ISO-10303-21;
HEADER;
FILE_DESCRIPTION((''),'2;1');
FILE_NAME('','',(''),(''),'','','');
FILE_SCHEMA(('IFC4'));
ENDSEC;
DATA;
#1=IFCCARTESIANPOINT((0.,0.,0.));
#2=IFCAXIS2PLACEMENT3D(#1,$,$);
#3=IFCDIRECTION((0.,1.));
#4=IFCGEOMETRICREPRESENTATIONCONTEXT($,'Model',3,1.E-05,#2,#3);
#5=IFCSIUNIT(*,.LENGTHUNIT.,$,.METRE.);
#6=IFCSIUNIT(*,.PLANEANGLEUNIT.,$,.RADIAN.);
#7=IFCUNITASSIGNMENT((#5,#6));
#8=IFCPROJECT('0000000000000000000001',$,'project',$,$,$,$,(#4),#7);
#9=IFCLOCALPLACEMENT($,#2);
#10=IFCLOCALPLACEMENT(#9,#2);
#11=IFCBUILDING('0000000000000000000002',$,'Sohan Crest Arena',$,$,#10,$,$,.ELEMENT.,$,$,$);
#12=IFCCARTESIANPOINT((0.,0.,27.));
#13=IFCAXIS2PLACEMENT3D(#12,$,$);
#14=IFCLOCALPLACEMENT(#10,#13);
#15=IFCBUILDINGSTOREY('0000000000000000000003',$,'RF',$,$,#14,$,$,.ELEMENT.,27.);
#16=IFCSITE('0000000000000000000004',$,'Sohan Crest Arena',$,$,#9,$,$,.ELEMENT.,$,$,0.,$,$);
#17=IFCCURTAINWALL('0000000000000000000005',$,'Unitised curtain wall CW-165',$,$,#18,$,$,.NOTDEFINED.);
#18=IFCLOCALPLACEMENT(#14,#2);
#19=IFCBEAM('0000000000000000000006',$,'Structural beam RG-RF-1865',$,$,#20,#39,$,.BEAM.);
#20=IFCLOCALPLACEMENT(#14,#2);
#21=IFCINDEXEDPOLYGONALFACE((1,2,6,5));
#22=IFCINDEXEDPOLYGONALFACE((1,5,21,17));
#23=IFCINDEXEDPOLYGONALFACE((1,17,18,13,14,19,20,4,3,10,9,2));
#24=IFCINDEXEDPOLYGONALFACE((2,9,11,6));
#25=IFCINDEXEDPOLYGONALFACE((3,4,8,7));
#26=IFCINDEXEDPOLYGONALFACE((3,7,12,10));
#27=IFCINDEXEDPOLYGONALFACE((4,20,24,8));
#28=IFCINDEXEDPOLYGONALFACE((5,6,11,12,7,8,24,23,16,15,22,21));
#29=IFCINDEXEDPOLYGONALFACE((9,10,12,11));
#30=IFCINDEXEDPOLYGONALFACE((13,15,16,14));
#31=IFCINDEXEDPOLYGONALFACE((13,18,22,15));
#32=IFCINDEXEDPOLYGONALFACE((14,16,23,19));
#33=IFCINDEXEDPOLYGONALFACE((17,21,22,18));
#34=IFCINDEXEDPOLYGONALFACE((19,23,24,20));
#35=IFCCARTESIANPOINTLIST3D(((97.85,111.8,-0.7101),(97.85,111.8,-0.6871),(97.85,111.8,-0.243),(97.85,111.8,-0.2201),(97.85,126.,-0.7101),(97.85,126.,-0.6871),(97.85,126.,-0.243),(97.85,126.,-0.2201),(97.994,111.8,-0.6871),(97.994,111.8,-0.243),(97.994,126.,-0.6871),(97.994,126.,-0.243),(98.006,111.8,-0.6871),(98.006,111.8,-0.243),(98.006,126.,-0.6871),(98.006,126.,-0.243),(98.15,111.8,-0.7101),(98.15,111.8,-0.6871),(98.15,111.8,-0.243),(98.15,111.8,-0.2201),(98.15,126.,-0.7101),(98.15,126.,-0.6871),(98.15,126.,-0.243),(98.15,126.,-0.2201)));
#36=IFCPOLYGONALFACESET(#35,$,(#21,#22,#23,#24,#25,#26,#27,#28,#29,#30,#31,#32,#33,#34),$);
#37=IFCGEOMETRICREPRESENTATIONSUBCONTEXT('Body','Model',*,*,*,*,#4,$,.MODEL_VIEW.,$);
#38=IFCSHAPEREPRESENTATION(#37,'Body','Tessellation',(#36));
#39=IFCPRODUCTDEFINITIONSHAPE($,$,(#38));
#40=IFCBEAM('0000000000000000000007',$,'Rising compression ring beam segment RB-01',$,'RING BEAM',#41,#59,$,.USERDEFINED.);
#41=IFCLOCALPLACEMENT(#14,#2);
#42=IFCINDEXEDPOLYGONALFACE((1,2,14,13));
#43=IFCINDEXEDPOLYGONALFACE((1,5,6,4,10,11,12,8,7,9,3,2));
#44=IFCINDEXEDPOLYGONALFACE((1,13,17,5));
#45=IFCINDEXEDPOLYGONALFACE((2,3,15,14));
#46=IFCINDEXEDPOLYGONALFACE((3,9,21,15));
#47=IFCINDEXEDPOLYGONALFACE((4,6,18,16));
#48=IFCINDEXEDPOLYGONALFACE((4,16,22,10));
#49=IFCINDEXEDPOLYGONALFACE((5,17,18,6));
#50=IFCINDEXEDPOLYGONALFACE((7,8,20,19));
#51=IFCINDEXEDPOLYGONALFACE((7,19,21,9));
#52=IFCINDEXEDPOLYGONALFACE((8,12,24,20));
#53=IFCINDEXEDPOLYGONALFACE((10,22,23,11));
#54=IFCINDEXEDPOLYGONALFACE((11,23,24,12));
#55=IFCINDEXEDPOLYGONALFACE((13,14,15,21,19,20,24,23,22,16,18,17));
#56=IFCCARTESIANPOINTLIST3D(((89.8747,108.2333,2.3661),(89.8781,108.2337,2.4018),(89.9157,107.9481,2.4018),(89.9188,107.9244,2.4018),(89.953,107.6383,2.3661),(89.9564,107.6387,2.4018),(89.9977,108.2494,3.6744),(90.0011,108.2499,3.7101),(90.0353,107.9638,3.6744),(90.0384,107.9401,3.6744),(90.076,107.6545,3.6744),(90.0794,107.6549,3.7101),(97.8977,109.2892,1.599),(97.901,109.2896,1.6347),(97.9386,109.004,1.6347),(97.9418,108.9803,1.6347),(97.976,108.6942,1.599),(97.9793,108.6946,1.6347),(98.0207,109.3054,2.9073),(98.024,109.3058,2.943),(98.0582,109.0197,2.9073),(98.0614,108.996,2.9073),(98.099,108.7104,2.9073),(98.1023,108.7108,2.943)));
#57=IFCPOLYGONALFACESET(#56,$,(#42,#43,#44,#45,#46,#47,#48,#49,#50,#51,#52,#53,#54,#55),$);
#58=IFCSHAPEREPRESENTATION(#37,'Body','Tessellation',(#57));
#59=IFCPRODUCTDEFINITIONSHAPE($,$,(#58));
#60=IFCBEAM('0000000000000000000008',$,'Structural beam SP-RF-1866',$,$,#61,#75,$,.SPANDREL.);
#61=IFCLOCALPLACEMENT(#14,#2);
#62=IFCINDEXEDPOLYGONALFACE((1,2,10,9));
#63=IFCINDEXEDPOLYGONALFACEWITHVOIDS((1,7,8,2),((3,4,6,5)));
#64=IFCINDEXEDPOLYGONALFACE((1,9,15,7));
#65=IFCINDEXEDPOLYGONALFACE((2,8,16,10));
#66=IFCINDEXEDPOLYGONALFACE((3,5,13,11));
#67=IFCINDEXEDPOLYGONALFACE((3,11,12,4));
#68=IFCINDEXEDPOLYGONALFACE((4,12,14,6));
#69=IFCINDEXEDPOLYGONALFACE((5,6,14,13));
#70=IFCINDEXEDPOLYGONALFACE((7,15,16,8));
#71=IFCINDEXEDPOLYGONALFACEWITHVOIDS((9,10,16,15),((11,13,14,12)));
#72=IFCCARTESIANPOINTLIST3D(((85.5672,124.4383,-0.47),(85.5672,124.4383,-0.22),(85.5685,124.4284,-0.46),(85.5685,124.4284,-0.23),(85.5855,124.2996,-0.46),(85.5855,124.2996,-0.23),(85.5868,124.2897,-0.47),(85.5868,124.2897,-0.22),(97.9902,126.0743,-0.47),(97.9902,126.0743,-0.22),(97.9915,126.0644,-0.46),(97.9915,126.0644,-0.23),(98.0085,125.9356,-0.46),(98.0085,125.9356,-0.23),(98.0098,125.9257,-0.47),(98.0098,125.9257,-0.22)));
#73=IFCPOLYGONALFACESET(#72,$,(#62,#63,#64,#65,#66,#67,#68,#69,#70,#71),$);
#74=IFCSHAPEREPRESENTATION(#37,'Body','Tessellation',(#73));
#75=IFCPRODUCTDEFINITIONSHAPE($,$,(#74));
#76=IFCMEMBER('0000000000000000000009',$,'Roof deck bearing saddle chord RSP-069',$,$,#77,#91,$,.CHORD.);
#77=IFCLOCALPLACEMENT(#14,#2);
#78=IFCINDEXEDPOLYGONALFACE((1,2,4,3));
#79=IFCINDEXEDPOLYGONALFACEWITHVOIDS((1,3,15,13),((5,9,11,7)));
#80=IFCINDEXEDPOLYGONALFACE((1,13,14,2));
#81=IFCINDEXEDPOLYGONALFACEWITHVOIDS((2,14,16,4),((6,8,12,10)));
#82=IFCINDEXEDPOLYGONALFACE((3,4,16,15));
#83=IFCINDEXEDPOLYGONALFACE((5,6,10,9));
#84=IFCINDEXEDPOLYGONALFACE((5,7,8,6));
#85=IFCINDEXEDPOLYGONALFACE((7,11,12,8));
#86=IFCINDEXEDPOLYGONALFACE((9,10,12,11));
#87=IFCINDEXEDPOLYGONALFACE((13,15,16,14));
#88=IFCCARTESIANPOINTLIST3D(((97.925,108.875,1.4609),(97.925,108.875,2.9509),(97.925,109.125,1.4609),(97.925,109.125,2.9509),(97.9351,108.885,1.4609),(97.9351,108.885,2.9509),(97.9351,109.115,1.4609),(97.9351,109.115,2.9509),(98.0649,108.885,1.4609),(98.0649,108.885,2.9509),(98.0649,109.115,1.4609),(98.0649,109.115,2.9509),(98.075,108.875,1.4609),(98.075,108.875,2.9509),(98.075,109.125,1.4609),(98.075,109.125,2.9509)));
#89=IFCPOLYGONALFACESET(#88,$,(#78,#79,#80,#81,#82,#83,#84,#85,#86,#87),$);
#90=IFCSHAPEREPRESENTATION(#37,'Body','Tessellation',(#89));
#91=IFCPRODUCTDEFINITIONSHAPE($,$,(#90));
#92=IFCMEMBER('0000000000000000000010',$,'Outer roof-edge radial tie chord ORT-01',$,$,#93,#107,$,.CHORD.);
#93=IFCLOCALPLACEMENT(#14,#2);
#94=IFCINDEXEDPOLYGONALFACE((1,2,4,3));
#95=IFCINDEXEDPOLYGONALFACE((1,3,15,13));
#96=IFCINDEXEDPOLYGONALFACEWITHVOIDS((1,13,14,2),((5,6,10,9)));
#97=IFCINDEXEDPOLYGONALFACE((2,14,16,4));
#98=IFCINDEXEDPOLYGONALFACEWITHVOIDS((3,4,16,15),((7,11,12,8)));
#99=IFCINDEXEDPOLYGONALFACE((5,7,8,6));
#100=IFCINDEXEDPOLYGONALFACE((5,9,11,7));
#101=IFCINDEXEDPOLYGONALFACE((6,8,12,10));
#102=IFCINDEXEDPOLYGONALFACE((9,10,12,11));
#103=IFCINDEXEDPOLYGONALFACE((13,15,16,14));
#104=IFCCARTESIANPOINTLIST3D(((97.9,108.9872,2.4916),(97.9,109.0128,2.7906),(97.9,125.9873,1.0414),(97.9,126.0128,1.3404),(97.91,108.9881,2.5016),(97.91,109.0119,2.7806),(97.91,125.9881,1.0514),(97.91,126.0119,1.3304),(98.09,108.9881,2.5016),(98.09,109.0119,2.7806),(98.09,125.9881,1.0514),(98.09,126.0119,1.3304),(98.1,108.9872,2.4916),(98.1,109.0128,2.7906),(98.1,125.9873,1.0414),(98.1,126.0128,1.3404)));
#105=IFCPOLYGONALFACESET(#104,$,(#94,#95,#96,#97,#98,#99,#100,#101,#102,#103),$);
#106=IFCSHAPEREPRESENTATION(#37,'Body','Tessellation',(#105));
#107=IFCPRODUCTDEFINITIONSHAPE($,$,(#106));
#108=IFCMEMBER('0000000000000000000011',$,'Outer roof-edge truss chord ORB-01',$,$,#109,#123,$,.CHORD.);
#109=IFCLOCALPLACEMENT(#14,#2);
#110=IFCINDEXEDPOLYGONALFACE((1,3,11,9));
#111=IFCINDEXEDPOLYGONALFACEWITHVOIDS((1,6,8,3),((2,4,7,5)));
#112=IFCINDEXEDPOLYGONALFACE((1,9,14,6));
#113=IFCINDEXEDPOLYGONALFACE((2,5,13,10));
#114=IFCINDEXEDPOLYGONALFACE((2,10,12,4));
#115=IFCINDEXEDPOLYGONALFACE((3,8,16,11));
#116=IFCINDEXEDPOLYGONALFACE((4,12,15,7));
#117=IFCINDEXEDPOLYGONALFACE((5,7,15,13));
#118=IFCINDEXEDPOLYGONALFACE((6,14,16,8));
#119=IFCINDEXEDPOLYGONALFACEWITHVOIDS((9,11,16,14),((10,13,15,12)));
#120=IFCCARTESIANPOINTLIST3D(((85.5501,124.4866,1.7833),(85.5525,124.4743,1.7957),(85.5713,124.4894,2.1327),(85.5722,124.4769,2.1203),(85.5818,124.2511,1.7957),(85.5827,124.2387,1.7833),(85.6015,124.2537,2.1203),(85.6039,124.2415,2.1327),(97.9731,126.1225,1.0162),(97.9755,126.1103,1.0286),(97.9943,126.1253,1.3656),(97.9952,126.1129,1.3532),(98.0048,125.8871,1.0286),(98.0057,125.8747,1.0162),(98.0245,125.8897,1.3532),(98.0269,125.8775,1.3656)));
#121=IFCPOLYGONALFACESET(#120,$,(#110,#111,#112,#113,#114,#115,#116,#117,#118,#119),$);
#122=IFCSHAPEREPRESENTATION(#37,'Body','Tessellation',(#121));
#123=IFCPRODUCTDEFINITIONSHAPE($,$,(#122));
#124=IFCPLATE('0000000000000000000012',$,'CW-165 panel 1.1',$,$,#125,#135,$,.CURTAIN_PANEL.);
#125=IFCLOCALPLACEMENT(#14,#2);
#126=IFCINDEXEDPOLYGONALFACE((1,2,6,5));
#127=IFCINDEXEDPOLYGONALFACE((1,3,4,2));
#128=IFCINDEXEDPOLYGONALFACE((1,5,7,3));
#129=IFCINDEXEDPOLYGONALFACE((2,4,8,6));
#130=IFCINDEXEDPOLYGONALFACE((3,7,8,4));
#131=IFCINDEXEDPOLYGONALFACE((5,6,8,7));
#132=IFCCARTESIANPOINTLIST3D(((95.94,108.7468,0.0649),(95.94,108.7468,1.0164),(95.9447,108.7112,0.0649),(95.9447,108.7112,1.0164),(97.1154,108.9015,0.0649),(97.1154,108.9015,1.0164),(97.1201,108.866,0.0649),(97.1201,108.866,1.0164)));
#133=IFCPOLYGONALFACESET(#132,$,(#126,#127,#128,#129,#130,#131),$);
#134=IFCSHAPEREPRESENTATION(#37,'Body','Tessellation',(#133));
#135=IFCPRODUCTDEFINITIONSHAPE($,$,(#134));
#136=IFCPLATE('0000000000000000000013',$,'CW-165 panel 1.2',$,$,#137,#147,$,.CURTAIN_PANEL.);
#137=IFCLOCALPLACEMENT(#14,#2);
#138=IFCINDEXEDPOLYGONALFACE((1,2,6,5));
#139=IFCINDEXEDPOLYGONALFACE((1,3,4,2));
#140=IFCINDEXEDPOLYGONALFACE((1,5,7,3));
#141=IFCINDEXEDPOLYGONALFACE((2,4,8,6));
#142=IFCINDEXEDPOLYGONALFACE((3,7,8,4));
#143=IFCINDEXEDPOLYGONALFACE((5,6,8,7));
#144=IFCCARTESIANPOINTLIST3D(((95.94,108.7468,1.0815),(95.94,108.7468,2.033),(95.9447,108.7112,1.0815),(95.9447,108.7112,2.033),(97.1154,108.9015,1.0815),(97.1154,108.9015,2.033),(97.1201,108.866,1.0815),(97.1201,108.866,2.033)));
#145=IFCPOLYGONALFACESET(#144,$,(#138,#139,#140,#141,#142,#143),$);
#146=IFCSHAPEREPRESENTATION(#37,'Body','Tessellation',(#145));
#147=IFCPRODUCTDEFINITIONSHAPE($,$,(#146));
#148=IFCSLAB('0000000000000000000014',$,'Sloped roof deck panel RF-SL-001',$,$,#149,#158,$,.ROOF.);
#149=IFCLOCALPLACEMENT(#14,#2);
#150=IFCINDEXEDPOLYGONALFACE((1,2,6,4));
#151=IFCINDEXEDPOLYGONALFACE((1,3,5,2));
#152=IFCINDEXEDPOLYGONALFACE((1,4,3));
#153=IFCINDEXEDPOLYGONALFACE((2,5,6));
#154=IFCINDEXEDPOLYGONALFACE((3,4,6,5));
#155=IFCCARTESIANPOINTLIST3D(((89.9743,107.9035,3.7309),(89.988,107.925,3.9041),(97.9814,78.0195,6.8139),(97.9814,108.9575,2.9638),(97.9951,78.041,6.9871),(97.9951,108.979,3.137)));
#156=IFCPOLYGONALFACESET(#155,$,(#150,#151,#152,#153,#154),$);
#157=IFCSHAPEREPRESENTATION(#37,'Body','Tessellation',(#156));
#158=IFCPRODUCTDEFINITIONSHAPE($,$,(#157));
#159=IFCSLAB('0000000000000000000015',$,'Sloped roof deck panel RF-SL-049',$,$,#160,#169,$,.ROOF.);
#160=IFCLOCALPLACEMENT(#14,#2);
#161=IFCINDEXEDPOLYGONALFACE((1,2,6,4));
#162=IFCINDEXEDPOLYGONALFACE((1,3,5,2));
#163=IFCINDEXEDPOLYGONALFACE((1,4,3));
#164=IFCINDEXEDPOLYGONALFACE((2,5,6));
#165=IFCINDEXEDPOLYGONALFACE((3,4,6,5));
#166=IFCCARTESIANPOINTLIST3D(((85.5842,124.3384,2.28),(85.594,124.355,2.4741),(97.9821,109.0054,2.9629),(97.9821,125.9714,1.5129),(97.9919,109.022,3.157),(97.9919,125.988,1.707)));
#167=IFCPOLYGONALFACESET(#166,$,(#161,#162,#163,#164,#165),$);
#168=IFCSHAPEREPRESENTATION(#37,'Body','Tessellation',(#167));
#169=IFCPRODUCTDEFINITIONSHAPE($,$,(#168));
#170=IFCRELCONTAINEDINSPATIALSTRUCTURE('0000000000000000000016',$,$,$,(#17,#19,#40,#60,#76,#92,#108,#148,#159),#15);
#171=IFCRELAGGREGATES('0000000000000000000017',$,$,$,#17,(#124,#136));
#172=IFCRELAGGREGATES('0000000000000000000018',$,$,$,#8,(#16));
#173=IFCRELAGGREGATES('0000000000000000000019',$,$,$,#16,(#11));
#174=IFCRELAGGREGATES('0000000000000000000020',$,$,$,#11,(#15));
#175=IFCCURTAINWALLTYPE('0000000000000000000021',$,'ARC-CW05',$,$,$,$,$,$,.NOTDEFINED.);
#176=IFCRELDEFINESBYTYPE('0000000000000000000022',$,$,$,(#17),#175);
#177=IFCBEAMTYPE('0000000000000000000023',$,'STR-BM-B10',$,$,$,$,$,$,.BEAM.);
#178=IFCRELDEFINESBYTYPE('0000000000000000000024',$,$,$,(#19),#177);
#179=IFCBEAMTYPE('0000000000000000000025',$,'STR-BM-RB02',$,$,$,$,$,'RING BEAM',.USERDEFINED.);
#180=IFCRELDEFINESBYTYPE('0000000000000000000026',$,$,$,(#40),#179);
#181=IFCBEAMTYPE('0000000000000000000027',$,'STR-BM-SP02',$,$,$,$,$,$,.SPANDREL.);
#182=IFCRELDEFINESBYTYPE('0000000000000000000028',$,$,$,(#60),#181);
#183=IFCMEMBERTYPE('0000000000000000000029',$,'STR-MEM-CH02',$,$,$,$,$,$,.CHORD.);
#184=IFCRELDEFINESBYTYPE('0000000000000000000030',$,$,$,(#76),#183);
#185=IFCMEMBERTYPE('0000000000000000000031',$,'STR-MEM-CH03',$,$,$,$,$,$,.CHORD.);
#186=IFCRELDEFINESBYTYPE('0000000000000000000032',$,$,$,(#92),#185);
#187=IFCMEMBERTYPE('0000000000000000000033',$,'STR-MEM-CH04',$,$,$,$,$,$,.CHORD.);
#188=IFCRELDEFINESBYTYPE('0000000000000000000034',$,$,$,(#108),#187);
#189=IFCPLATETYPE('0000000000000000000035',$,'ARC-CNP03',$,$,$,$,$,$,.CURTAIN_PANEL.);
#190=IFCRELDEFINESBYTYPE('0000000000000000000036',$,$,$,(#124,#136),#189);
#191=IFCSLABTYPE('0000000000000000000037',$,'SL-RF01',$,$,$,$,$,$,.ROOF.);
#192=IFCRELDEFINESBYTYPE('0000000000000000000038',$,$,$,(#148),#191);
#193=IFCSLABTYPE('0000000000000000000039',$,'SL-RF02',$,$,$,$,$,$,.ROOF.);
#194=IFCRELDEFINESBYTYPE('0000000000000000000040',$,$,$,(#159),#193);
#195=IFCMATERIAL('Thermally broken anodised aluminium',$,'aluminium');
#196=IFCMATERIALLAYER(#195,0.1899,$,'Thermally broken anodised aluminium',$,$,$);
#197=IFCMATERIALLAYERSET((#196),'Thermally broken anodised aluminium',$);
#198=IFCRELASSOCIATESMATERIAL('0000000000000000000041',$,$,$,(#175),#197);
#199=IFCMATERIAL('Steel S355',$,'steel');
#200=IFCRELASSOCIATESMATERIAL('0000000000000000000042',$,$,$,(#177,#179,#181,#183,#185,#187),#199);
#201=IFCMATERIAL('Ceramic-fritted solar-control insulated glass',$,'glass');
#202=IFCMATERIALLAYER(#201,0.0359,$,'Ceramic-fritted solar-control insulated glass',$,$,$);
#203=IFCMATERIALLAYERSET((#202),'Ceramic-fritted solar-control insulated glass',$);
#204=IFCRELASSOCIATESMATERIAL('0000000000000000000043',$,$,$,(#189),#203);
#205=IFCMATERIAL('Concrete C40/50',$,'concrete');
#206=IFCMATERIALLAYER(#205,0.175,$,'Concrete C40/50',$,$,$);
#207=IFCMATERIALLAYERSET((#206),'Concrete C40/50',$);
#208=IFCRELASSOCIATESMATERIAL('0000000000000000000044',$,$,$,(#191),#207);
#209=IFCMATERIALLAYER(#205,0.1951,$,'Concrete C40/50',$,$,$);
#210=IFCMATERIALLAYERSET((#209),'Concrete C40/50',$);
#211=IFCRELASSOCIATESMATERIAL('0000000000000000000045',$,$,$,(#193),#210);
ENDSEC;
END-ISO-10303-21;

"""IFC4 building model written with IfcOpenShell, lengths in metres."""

from ifc_helpers import new_model, si_unit, direction, frame, origin, origin_2d, place, context, subcontext, project, spatial, polyline, rectangle, hollow_rectangle, i_section, outline, extrude, material, layer, layer_set, material_profile, profile_set, type_object, element, aggregate, save


model = new_model("IFC4")

# Units and contexts
model_context = context("Model", 3, precision=1e-05, world=origin(), true_north=direction((0.0, 1.0)))
body_context = subcontext(model_context, "Body", "Model", "MODEL_VIEW")
ifc_project = project(units=[si_unit("LENGTHUNIT", "METRE"), si_unit("PLANEANGLEUNIT", "RADIAN")], contexts=[model_context])

# Site, building, storey
site_placement = place(None, origin())
site = spatial("IfcSite", under=ifc_project, at=site_placement, Name="Sohan Crest Arena", CompositionType="ELEMENT", RefElevation=0.0)
building_placement = place(site_placement, origin())
building = spatial("IfcBuilding", under=site, at=building_placement, Name="Sohan Crest Arena", CompositionType="ELEMENT")
storey_placement = place(building_placement, frame((0.0, 0.0, 27.0)))
storey = spatial("IfcBuildingStorey", under=building, at=storey_placement, Name="RF", CompositionType="ELEMENT", Elevation=27.0)

# Shared definitions
ifc_material_1 = material(Name="Concrete C40/50", Category="concrete")
ifc_material_2 = material(Name="Steel S355", Category="steel")

# Curtain wall
ifc_material_3 = material(Name="Thermally broken anodised aluminium", Category="aluminium")
ifc_layer_1 = layer(ifc_material_3, 0.1899, Name="Thermally broken anodised aluminium")
ifc_layer_set_1 = layer_set([ifc_layer_1], Name="Thermally broken anodised aluminium")
curtain_wall_type = type_object("IfcCurtainWallType", Name="ARC-CW05", PredefinedType="NOTDEFINED", material=ifc_layer_set_1)
curtain_wall_placement = place(storey_placement, origin())
curtain_wall = element("IfcCurtainWall", 1, at=curtain_wall_placement, inside=storey, type_object=curtain_wall_type, Name="Unitised curtain wall CW-165", PredefinedType="NOTDEFINED")

# Beams
ifc_material_profile_1 = material_profile(ifc_material_2, i_section(OverallWidth=0.3, OverallDepth=0.49, WebThickness=0.012, FlangeThickness=0.0229, at=origin_2d()), Name="HEA 500")
ifc_profile_set_1 = profile_set([ifc_material_profile_1], Name="Steel S355")
beam_type_1 = type_object("IfcBeamType", Name="STR-BM-B10", PredefinedType="BEAM", material=ifc_profile_set_1)
beam_1_placement = place(storey_placement, frame((98.0, 111.8, -0.4651), z_axis=(0.0, 1.0, 0.0), x_axis=(-1.0, 0.0, 0.0)))
element("IfcBeam", 2, at=beam_1_placement, inside=storey, type_object=beam_type_1, Name="Structural beam RG-RF-1865", PredefinedType="BEAM", context=body_context, shape_type="SweptSolid", body=[
    extrude(i_section(OverallWidth=0.3, OverallDepth=0.49, WebThickness=0.012, FlangeThickness=0.0229, at=origin_2d()), origin(), (0.0, 0.0, 1.0), 14.2),
])
ifc_material_profile_2 = material_profile(ifc_material_2, i_section(OverallWidth=0.6001, OverallDepth=1.3501, WebThickness=0.0239, FlangeThickness=0.0359, at=origin_2d()), Name="PG 1350x600x24x36")
ifc_profile_set_2 = profile_set([ifc_material_profile_2], Name="Steel S355")
beam_type_2 = type_object("IfcBeamType", Name="STR-BM-RB02", ElementType="RING BEAM", PredefinedType="USERDEFINED", material=ifc_profile_set_2)
beam_2_placement = place(storey_placement, frame((98.0, 109.0, 2.271), z_axis=(-0.987025, -0.129903, 0.094371), x_axis=(0.130486, -0.99145, 0.0)))
element("IfcBeam", 3, at=beam_2_placement, inside=storey, type_object=beam_type_2, Name="Rising compression ring beam segment RB-01", ObjectType="RING BEAM", PredefinedType="USERDEFINED", context=body_context, shape_type="SweptSolid", body=[
    extrude(i_section(OverallWidth=0.6001, OverallDepth=1.3501, WebThickness=0.0239, FlangeThickness=0.0359, at=origin_2d()), origin(), (0.0, 0.0, 1.0), 8.1284),
])
ifc_material_profile_3 = material_profile(ifc_material_2, hollow_rectangle(XDim=0.1499, YDim=0.25, WallThickness=0.01, at=origin_2d()), Name="RHS 250x150x10")
ifc_profile_set_3 = profile_set([ifc_material_profile_3], Name="Steel S355")
beam_type_3 = type_object("IfcBeamType", Name="STR-BM-SP02", PredefinedType="SPANDREL", material=ifc_profile_set_3)
beam_3_placement = place(storey_placement, frame((98.0, 126.0, -0.345), z_axis=(-0.99144, -0.130562, 0.0), x_axis=(0.130562, -0.99144, 0.0)))
element("IfcBeam", 4, at=beam_3_placement, inside=storey, type_object=beam_type_3, Name="Structural beam SP-RF-1866", PredefinedType="SPANDREL", context=body_context, shape_type="SweptSolid", body=[
    extrude(hollow_rectangle(XDim=0.1499, YDim=0.25, WallThickness=0.01, at=origin_2d()), origin(), (0.0, 0.0, 1.0), 12.5303),
])

# Members
ifc_material_profile_4 = material_profile(ifc_material_2, hollow_rectangle(XDim=0.1499, YDim=0.25, WallThickness=0.01, at=origin_2d()), Name="RHS 250x150x10")
ifc_profile_set_4 = profile_set([ifc_material_profile_4], Name="Steel S355")
member_type_1 = type_object("IfcMemberType", Name="STR-MEM-CH02", PredefinedType="CHORD", material=ifc_profile_set_4)
member_1_placement = place(storey_placement, frame((98.0, 109.0, 1.4609), z_axis=(0.0, 0.0, 1.0), x_axis=(1.0, 0.0, 0.0)))
element("IfcMember", 5, at=member_1_placement, inside=storey, type_object=member_type_1, Name="Roof deck bearing saddle chord RSP-069", PredefinedType="CHORD", context=body_context, shape_type="SweptSolid", body=[
    extrude(hollow_rectangle(XDim=0.1499, YDim=0.25, WallThickness=0.01, at=origin_2d()), origin(), (0.0, 0.0, 1.0), 1.49),
])
ifc_material_profile_5 = material_profile(ifc_material_2, hollow_rectangle(XDim=0.2, YDim=0.3, WallThickness=0.01, at=origin_2d()), Name="RHS 300x200x10")
ifc_profile_set_5 = profile_set([ifc_material_profile_5], Name="Steel S355")
member_type_2 = type_object("IfcMemberType", Name="STR-MEM-CH03", PredefinedType="CHORD", material=ifc_profile_set_5)
member_2_placement = place(storey_placement, frame((98.0, 109.0, 2.6411), z_axis=(0.0, 0.996381, -0.084997), x_axis=(-1.0, 0.0, 0.0)))
element("IfcMember", 6, at=member_2_placement, inside=storey, type_object=member_type_2, Name="Outer roof-edge radial tie chord ORT-01", PredefinedType="CHORD", context=body_context, shape_type="SweptSolid", body=[
    extrude(hollow_rectangle(XDim=0.2, YDim=0.3, WallThickness=0.01, at=origin_2d()), origin(), (0.0, 0.0, 1.0), 17.0618),
])
ifc_material_profile_6 = material_profile(ifc_material_2, hollow_rectangle(XDim=0.25, YDim=0.3501, WallThickness=0.0125, at=origin_2d()), Name="RHS 350x250x12.5")
ifc_profile_set_6 = profile_set([ifc_material_profile_6], Name="Steel S355")
member_type_3 = type_object("IfcMemberType", Name="STR-MEM-CH04", PredefinedType="CHORD", material=ifc_profile_set_6)
member_3_placement = place(storey_placement, frame((98.0, 126.0, 1.1909), z_axis=(-0.989588, -0.130318, 0.061104), x_axis=(0.130562, -0.99144, 0.0)))
element("IfcMember", 7, at=member_3_placement, inside=storey, type_object=member_type_3, Name="Outer roof-edge truss chord ORB-01", PredefinedType="CHORD", context=body_context, shape_type="SweptSolid", body=[
    extrude(hollow_rectangle(XDim=0.25, YDim=0.3501, WallThickness=0.0125, at=origin_2d()), origin(), (0.0, 0.0, 1.0), 12.5537),
])

# Plates
ifc_material_4 = material(Name="Ceramic-fritted solar-control insulated glass", Category="glass")
ifc_layer_2 = layer(ifc_material_4, 0.0359, Name="Ceramic-fritted solar-control insulated glass")
ifc_layer_set_2 = layer_set([ifc_layer_2], Name="Ceramic-fritted solar-control insulated glass")
plate_type_1 = type_object("IfcPlateType", Name="ARC-CNP03", PredefinedType="CURTAIN_PANEL", material=ifc_layer_set_2)
plate_1_placement = place(storey_placement, frame((96.53, 108.8064, 0.0649), z_axis=(0.0, 0.0, 1.0), x_axis=(-0.991448, -0.130499, 0.0)))
plate_1 = element("IfcPlate", 8, at=plate_1_placement, type_object=plate_type_1, Name="CW-165 panel 1.1", PredefinedType="CURTAIN_PANEL", context=body_context, shape_type="SweptSolid", body=[
    extrude(rectangle(XDim=1.1855, YDim=0.0359, at=origin_2d()), origin(), (0.0, 0.0, 1.0), 0.9514),
])
plate_2_placement = place(storey_placement, frame((96.53, 108.8064, 1.0815), z_axis=(0.0, 0.0, 1.0), x_axis=(-0.991448, -0.130499, 0.0)))
plate_2 = element("IfcPlate", 9, at=plate_2_placement, type_object=plate_type_1, Name="CW-165 panel 1.2", PredefinedType="CURTAIN_PANEL", context=body_context, shape_type="SweptSolid", body=[
    extrude(rectangle(XDim=1.1855, YDim=0.0359, at=origin_2d()), origin(), (0.0, 0.0, 1.0), 0.9514),
])
aggregate(curtain_wall, [plate_1, plate_2])

# Slabs
ifc_layer_3 = layer(ifc_material_1, 0.175, Name="Concrete C40/50")
ifc_layer_set_3 = layer_set([ifc_layer_3], Name="Concrete C40/50")
slab_type_1 = type_object("IfcSlabType", Name="SL-RF01", PredefinedType="ROOF", material=ifc_layer_set_3)
slab_1_placement = place(storey_placement, frame((97.9951, 108.979, 3.137), z_axis=(0.078569, 0.123111, 0.989278), x_axis=(-0.987006, -0.129917, 0.094557)))
element("IfcSlab", 10, at=slab_1_placement, inside=storey, type_object=slab_type_1, Name="Sloped roof deck panel RF-SL-001", PredefinedType="ROOF", context=body_context, shape_type="SweptSolid", body=[
    extrude(outline(polyline([(0.0, 0.0), (8.1125, 0.0), (4.3834, 30.8669), (0.0, 0.0)])), origin(), (0.0, 0.0, -1.0), 0.175),
])
ifc_layer_4 = layer(ifc_material_1, 0.1951, Name="Concrete C40/50")
ifc_layer_set_4 = layer_set([ifc_layer_4], Name="Concrete C40/50")
slab_type_2 = type_object("IfcSlabType", Name="SL-RF02", PredefinedType="ROOF", material=ifc_layer_set_4)
slab_2_placement = place(storey_placement, frame((97.9919, 109.022, 3.157), z_axis=(0.050367, 0.085043, 0.995103), x_axis=(0.0, 0.996368, -0.085151)))
element("IfcSlab", 11, at=slab_2_placement, inside=storey, type_object=slab_type_2, Name="Sloped roof deck panel RF-SL-049", PredefinedType="ROOF", context=body_context, shape_type="SweptSolid", body=[
    extrude(outline(polyline([(0.0, 0.0), (17.0279, 0.0), (15.3355, 12.4137), (0.0, 0.0)])), origin(), (0.0, 0.0, -1.0), 0.1951),
])

save(model, "model.ifc")
